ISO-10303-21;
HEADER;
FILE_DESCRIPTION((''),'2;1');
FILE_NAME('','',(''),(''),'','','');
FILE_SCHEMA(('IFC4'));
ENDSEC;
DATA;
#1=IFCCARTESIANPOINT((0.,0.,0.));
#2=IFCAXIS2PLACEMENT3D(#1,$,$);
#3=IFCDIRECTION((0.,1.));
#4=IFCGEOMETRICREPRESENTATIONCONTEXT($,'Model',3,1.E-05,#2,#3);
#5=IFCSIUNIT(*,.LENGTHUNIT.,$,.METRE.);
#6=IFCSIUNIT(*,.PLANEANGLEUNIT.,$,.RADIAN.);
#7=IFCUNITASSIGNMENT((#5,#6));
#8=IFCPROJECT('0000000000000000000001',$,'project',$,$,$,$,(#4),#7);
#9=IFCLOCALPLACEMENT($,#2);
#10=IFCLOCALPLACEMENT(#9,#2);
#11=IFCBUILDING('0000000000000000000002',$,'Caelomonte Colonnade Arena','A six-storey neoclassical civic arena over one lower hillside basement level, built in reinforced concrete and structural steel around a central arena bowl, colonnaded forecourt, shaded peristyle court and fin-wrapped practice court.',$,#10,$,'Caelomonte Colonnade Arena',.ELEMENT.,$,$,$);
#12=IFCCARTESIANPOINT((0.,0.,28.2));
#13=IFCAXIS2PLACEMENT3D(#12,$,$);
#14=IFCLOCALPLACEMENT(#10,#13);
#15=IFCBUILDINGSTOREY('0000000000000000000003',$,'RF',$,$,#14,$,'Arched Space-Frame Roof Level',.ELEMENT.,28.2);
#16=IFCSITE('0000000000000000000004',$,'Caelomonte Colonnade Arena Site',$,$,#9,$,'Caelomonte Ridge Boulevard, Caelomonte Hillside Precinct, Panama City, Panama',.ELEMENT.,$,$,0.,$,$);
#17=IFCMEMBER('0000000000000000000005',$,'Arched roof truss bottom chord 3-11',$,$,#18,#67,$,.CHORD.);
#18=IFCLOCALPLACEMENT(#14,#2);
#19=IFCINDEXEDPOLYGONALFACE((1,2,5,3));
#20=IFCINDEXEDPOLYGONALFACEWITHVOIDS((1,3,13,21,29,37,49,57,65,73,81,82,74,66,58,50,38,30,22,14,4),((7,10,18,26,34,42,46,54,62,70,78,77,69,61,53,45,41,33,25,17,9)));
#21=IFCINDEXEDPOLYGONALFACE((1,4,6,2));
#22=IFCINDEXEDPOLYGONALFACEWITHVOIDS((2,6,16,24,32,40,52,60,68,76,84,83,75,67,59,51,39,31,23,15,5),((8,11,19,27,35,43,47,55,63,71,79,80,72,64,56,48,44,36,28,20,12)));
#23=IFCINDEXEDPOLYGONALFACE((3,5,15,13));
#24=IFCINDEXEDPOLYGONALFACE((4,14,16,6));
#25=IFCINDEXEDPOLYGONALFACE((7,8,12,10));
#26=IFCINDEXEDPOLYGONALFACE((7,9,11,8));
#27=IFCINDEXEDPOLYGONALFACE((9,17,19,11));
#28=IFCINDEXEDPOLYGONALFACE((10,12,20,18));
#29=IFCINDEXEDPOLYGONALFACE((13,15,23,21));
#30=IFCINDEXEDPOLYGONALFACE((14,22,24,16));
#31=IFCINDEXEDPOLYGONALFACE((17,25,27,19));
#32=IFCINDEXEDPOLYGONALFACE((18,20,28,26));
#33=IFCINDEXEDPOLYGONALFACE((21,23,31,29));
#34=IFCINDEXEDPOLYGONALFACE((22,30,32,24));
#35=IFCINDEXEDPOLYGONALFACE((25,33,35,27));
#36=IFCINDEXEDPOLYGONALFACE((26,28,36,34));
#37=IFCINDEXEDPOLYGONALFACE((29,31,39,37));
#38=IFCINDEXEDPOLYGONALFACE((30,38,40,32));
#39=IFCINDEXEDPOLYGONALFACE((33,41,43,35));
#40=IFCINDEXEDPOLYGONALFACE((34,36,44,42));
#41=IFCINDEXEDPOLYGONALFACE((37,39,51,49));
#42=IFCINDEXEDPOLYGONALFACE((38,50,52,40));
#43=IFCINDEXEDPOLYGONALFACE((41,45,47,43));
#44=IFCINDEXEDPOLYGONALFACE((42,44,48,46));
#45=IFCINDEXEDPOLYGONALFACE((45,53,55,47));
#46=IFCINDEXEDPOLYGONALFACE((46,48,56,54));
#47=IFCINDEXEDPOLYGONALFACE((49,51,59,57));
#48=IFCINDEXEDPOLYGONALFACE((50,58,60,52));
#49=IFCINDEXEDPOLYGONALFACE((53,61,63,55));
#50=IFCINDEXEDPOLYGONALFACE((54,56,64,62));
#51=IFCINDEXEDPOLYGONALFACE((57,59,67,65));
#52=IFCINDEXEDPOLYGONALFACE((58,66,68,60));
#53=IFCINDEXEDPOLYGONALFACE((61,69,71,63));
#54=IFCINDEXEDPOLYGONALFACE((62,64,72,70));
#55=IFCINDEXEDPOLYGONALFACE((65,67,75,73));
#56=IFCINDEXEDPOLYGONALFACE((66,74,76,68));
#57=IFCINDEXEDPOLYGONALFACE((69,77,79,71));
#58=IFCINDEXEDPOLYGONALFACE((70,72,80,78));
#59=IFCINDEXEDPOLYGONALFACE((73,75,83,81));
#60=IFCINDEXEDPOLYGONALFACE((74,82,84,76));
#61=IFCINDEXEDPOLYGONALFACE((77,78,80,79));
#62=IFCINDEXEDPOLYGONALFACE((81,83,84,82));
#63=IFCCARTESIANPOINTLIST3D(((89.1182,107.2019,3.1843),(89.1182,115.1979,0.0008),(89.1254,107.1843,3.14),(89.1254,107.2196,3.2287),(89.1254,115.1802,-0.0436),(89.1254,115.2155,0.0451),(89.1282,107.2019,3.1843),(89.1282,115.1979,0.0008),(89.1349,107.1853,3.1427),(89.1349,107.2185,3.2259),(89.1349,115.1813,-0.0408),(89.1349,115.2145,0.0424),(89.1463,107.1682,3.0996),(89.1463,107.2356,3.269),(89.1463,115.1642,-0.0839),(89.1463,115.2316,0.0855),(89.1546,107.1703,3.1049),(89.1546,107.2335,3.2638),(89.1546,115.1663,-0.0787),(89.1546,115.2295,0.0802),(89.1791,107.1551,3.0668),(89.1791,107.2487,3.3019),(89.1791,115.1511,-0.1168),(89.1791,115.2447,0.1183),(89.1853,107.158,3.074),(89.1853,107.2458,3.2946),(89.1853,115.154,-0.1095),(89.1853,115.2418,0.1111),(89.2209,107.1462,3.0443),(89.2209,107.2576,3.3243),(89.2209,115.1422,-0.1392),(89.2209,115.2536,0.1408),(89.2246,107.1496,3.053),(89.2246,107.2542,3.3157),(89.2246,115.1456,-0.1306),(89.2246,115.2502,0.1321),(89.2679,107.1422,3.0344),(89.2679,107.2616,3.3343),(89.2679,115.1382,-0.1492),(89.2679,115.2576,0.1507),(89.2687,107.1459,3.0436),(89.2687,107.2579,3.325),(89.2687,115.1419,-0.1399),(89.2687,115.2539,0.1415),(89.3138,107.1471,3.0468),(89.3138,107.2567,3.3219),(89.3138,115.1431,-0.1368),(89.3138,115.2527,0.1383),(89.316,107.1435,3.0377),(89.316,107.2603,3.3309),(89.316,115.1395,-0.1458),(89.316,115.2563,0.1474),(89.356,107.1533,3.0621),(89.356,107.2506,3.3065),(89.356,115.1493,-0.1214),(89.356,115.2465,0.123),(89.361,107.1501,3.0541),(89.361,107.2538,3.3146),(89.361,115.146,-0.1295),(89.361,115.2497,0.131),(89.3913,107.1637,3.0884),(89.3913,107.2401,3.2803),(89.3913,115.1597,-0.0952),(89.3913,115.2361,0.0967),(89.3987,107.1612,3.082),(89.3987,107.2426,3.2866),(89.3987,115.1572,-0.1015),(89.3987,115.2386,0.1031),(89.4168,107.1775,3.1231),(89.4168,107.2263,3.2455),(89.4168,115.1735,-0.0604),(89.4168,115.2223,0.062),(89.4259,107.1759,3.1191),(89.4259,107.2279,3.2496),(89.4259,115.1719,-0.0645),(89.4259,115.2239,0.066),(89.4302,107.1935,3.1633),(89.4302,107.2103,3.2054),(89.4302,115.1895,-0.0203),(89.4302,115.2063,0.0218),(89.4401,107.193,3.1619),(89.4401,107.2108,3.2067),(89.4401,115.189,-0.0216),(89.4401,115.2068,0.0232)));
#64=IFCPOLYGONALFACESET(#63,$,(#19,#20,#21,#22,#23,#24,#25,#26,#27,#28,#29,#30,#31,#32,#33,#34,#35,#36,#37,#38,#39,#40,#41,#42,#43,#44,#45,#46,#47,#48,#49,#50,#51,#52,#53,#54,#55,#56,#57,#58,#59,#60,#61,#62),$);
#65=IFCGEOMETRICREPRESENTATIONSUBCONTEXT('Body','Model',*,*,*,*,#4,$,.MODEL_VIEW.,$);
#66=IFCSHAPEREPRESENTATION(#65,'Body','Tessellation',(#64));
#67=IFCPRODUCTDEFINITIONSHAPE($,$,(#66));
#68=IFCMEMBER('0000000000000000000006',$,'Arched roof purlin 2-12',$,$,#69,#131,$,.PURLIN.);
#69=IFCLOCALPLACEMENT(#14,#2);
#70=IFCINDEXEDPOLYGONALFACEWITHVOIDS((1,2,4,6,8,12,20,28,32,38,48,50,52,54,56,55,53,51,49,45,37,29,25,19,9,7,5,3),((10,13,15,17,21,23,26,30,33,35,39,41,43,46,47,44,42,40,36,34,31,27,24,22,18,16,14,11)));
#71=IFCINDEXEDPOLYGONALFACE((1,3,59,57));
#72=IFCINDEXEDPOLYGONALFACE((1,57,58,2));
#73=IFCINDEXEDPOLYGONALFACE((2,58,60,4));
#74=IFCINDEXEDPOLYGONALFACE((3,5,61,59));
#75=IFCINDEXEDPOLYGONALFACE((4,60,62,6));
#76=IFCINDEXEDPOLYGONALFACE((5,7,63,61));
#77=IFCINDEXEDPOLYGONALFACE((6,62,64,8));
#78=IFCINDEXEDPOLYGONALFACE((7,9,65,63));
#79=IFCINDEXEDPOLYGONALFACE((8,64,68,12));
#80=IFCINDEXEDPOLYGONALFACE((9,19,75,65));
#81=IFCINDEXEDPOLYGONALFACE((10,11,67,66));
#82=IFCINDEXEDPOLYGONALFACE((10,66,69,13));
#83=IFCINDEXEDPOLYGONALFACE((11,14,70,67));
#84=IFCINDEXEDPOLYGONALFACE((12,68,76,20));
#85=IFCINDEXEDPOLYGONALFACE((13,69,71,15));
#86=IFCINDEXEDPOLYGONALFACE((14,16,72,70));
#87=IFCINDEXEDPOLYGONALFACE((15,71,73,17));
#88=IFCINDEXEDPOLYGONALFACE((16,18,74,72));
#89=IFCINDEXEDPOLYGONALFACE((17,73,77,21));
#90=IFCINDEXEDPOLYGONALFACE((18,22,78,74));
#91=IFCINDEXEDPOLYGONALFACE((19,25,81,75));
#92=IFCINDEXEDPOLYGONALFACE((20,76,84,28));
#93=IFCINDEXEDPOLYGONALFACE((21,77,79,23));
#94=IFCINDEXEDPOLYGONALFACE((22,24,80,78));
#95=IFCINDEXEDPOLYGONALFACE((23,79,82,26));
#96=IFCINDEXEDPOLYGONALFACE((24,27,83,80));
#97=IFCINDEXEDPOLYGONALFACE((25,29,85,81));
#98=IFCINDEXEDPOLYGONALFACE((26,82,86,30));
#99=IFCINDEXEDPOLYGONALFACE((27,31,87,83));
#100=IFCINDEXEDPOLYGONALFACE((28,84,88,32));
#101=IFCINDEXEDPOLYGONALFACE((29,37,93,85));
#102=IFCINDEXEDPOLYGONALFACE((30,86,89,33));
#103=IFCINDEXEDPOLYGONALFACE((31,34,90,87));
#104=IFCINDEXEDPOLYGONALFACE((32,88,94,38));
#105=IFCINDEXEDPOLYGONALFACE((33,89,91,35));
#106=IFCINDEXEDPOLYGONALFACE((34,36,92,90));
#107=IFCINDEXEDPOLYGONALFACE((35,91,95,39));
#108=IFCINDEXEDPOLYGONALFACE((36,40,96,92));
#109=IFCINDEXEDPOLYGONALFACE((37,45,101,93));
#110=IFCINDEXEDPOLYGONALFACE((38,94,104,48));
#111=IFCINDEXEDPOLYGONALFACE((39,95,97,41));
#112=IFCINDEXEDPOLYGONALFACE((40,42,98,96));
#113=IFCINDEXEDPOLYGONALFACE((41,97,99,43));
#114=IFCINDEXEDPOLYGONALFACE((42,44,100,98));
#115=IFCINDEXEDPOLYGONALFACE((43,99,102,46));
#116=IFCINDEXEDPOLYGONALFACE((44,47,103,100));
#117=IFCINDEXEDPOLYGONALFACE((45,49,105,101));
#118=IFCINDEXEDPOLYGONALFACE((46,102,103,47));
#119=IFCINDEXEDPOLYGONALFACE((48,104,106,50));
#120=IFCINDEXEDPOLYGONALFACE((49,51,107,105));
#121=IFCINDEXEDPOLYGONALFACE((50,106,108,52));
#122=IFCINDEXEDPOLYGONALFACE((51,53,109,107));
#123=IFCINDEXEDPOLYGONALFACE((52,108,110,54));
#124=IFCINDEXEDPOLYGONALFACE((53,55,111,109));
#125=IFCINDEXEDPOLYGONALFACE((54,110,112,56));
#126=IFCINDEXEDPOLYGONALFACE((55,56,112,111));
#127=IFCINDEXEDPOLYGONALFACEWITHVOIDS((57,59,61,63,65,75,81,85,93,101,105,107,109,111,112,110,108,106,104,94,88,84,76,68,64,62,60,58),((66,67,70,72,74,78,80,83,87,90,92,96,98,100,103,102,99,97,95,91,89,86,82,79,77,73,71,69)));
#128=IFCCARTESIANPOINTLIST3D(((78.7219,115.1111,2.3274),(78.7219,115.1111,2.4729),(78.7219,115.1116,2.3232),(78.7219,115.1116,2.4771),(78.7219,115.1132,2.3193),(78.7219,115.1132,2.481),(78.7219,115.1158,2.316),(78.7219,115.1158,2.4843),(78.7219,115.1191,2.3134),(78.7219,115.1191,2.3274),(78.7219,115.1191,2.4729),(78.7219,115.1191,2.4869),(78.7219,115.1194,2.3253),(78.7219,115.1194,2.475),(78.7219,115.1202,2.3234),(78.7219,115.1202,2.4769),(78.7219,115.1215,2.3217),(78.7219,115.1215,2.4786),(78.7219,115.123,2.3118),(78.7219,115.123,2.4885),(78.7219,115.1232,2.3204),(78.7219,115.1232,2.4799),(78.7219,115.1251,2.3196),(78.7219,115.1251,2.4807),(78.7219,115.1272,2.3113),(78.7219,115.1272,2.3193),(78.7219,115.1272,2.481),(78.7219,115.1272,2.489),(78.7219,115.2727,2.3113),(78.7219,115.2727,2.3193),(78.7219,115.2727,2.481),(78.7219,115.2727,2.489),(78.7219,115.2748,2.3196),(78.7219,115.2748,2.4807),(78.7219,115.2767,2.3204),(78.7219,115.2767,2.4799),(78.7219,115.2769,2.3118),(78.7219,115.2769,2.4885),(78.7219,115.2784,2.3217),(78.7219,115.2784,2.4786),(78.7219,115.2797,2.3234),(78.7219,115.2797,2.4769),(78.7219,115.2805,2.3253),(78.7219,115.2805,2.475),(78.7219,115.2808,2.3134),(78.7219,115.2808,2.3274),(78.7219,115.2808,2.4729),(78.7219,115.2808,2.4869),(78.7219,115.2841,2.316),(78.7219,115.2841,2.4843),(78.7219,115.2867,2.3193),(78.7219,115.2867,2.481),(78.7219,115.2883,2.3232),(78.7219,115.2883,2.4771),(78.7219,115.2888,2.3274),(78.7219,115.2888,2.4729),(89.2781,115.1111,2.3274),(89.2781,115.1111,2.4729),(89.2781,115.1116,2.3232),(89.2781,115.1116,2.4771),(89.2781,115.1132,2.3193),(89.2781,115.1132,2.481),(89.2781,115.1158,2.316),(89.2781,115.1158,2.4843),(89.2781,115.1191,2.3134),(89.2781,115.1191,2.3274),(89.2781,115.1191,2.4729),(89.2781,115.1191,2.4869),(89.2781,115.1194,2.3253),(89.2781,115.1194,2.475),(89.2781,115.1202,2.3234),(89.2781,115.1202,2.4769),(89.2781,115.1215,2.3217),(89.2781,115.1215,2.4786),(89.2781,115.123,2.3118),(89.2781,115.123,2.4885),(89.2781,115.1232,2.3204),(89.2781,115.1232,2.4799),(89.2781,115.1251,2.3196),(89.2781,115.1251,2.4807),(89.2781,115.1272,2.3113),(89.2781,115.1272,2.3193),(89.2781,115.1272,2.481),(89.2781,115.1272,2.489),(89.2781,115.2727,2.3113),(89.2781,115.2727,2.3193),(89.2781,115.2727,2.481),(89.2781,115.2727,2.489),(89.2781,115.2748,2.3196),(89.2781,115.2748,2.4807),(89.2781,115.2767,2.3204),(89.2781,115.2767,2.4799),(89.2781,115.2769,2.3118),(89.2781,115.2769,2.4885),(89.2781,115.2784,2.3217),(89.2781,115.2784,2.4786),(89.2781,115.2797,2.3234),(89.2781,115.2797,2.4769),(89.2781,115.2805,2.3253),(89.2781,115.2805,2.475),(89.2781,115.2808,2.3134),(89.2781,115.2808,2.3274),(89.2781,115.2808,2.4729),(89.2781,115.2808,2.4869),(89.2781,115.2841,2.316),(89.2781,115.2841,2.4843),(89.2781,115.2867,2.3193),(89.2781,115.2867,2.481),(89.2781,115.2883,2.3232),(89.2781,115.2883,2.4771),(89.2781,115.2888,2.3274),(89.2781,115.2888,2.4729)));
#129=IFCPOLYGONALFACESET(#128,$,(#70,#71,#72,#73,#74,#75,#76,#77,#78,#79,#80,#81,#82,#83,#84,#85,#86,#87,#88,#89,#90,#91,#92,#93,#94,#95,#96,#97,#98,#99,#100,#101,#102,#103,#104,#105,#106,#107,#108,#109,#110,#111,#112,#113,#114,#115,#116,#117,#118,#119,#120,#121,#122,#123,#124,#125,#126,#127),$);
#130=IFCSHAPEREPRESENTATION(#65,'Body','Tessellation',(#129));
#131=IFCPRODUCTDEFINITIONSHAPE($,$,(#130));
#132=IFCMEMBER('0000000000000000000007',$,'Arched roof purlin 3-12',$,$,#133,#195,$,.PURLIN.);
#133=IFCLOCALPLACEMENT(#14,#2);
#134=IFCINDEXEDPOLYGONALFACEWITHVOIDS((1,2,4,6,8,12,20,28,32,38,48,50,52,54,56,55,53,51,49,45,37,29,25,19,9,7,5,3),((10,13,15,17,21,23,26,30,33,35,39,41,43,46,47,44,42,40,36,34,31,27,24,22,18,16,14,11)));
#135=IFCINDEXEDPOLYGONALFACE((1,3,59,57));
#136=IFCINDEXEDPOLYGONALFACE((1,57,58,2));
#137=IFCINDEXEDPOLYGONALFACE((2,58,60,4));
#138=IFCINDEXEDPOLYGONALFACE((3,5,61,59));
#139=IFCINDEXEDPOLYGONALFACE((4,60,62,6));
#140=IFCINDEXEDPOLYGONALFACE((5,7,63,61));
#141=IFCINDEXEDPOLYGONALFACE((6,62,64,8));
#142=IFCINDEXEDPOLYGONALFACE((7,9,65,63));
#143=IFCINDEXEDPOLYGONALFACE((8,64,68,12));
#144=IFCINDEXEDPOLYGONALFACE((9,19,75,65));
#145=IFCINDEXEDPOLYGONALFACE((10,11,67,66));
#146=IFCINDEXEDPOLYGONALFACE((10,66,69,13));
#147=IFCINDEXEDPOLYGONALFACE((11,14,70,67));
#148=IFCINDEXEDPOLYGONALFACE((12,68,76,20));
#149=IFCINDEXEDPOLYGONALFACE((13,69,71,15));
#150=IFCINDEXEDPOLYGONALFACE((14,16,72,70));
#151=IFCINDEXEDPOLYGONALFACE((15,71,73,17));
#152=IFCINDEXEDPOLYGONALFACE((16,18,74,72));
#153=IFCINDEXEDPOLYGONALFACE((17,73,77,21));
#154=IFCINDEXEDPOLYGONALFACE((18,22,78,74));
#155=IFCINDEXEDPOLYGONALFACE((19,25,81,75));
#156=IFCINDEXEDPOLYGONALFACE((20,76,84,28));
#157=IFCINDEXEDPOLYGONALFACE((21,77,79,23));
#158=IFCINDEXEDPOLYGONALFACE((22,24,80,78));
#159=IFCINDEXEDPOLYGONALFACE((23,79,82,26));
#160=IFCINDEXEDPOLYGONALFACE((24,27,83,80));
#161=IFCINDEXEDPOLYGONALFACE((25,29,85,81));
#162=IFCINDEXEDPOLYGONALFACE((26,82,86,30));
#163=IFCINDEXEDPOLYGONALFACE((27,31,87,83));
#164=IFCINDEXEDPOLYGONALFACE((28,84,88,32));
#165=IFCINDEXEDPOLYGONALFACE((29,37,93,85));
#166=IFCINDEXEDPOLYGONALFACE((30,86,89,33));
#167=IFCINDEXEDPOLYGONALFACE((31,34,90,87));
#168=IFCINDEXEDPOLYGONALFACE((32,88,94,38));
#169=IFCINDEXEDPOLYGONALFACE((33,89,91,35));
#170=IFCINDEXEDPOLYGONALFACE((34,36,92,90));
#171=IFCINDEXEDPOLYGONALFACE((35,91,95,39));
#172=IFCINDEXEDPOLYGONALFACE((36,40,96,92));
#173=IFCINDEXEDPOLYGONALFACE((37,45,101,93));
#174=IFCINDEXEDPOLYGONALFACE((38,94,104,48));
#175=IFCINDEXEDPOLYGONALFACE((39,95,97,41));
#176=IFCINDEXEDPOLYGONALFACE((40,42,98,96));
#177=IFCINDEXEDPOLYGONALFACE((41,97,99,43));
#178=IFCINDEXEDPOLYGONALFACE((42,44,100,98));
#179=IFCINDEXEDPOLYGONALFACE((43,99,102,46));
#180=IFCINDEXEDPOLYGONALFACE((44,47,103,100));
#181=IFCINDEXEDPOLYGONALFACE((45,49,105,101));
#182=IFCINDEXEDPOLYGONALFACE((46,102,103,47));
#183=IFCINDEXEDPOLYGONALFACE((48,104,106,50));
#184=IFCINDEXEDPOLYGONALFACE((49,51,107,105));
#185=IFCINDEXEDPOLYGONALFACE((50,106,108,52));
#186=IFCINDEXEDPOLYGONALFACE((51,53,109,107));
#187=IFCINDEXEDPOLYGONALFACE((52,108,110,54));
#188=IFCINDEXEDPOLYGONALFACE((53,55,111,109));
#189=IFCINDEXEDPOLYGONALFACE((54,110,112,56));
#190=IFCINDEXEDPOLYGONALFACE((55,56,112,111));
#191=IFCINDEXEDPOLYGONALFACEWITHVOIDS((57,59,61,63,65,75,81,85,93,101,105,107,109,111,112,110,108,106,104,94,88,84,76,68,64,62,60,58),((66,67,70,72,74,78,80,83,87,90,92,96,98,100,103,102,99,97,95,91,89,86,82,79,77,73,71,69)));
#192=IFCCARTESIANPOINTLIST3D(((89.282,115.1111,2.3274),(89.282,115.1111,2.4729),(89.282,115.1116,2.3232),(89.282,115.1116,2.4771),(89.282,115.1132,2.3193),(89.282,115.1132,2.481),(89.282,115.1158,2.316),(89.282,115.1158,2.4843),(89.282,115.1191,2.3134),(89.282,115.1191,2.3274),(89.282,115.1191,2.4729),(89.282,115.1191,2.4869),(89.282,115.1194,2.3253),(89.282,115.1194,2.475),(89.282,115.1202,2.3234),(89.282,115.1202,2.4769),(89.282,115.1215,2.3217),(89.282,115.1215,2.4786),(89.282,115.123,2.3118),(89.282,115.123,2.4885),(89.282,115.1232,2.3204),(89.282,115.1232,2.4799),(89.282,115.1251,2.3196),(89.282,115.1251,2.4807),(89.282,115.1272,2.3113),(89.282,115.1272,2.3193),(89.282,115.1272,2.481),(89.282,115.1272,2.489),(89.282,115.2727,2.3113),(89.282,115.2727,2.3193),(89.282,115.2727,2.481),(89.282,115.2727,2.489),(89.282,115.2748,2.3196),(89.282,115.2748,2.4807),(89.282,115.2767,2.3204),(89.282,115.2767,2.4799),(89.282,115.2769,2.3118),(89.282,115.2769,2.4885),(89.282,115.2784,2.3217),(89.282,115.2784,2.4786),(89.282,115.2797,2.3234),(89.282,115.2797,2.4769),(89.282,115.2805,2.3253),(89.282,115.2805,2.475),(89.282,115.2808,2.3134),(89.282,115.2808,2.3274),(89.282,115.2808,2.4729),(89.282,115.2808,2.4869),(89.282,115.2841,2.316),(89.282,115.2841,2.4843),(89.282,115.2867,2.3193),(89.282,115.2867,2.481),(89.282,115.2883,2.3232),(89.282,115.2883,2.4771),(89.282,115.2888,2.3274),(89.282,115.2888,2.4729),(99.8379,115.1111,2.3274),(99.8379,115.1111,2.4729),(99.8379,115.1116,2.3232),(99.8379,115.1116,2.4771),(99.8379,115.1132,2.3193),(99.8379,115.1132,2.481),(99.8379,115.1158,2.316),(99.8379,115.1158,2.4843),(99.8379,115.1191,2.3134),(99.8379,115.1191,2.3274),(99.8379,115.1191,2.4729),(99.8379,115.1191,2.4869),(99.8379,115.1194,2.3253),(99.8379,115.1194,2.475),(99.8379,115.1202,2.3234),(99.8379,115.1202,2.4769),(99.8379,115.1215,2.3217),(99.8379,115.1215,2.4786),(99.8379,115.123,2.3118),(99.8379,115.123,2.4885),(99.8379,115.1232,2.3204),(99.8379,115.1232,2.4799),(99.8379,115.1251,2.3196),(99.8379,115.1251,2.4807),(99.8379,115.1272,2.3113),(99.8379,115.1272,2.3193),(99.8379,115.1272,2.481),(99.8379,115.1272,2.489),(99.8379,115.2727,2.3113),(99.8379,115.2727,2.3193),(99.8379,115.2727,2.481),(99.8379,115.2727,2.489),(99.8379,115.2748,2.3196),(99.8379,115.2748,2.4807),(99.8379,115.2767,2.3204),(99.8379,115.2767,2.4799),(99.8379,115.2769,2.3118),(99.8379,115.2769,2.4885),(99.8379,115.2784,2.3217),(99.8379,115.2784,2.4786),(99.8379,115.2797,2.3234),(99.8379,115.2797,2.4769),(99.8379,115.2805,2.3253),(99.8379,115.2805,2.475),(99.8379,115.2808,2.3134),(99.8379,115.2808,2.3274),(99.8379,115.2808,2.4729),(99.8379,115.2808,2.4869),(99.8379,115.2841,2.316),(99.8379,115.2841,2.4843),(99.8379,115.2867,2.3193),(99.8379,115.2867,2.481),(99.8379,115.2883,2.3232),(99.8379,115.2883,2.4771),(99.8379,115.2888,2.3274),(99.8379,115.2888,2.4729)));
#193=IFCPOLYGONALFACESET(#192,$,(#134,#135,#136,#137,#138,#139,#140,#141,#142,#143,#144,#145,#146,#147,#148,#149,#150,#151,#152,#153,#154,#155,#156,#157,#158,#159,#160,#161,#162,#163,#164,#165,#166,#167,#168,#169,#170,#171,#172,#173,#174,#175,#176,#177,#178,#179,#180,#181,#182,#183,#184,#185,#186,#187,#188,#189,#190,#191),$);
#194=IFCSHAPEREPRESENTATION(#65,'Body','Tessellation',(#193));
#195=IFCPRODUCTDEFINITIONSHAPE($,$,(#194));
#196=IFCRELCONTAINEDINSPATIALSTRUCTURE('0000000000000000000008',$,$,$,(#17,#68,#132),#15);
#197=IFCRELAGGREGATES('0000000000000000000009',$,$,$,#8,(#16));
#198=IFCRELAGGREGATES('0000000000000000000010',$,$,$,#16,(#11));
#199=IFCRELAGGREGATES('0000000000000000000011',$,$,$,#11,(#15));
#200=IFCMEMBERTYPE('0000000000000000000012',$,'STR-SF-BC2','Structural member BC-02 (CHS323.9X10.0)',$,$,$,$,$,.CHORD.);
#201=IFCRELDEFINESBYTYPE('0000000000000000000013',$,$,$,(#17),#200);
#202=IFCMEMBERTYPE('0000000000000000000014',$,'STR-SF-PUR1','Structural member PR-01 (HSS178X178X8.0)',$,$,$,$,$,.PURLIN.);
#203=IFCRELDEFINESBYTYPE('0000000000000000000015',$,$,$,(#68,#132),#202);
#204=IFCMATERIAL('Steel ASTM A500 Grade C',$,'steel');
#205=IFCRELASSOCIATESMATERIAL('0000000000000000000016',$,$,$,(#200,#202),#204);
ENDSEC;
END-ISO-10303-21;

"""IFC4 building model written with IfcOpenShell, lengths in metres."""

from ifc_helpers import new_model, si_unit, direction, frame, origin, origin_2d, place, context, subcontext, project, spatial, hollow_rectangle, hollow_circle, extrude, material, material_profile, profile_set, type_object, element, save


model = new_model("IFC4")

# Units and contexts
model_context = context("Model", 3, precision=1e-05, world=origin(), true_north=direction((0.0, 1.0)))
body_context = subcontext(model_context, "Body", "Model", "MODEL_VIEW")
ifc_project = project(units=[si_unit("LENGTHUNIT", "METRE"), si_unit("PLANEANGLEUNIT", "RADIAN")], contexts=[model_context])

# Site, building, storey
site_placement = place(None, origin())
site = spatial("IfcSite", under=ifc_project, at=site_placement, Name="Caelomonte Colonnade Arena Site", LongName="Caelomonte Ridge Boulevard, Caelomonte Hillside Precinct, Panama City, Panama", CompositionType="ELEMENT", RefElevation=0.0)
building_placement = place(site_placement, origin())
building = spatial("IfcBuilding", under=site, at=building_placement, Name="Caelomonte Colonnade Arena", Description="A six-storey neoclassical civic arena over one lower hillside basement level, built in reinforced concrete and structural steel around a central arena bowl, colonnaded forecourt, shaded peristyle court and fin-wrapped practice court.", LongName="Caelomonte Colonnade Arena", CompositionType="ELEMENT")
storey_placement = place(building_placement, frame((0.0, 0.0, 28.2)))
storey = spatial("IfcBuildingStorey", under=building, at=storey_placement, Name="RF", LongName="Arched Space-Frame Roof Level", CompositionType="ELEMENT", Elevation=28.2)

# Members
ifc_material_1 = material(Name="Steel ASTM A500 Grade C", Category="steel")
ifc_material_profile_1 = material_profile(ifc_material_1, hollow_circle(Radius=0.1619, WallThickness=0.01, at=origin_2d()), Name="CHS323.9X10.0")
ifc_profile_set_1 = profile_set([ifc_material_profile_1], Name="Steel ASTM A500 Grade C")
member_type_1 = type_object("IfcMemberType", Name="STR-SF-BC2", Description="Structural member BC-02 (CHS323.9X10.0)", PredefinedType="CHORD", material=ifc_profile_set_1)
member_1_placement = place(storey_placement, frame((89.28, 107.2019, 3.1843), z_axis=(0.0, 0.92907, -0.369903), x_axis=(-1.0, 0.0, 0.0)))
element("IfcMember", 1, at=member_1_placement, inside=storey, type_object=member_type_1, Name="Arched roof truss bottom chord 3-11", PredefinedType="CHORD", context=body_context, shape_type="SweptSolid", body=[
    extrude(hollow_circle(Radius=0.1619, WallThickness=0.01, at=origin_2d()), origin(), (0.0, 0.0, 1.0), 8.6064),
])
ifc_material_profile_2 = material_profile(ifc_material_1, hollow_rectangle(XDim=0.1777, YDim=0.1777, WallThickness=0.0081, InnerFilletRadius=0.0081, OuterFilletRadius=0.0161, at=origin_2d()), Name="HSS178X178X8.0")
ifc_profile_set_2 = profile_set([ifc_material_profile_2], Name="Steel ASTM A500 Grade C")
member_type_2 = type_object("IfcMemberType", Name="STR-SF-PUR1", Description="Structural member PR-01 (HSS178X178X8.0)", PredefinedType="PURLIN", material=ifc_profile_set_2)
member_2_placement = place(storey_placement, frame((78.7219, 115.2, 2.4001), z_axis=(1.0, 0.0, 0.0), x_axis=(0.0, 1.0, 0.0)))
element("IfcMember", 2, at=member_2_placement, inside=storey, type_object=member_type_2, Name="Arched roof purlin 2-12", PredefinedType="PURLIN", context=body_context, shape_type="SweptSolid", body=[
    extrude(hollow_rectangle(XDim=0.1777, YDim=0.1777, WallThickness=0.0081, InnerFilletRadius=0.0081, OuterFilletRadius=0.0161, at=origin_2d()), origin(), (0.0, 0.0, 1.0), 10.5562),
])
member_3_placement = place(storey_placement, frame((89.282, 115.2, 2.4001), z_axis=(1.0, 0.0, 0.0), x_axis=(0.0, 1.0, 0.0)))
element("IfcMember", 3, at=member_3_placement, inside=storey, type_object=member_type_2, Name="Arched roof purlin 3-12", PredefinedType="PURLIN", context=body_context, shape_type="SweptSolid", body=[
    extrude(hollow_rectangle(XDim=0.1777, YDim=0.1777, WallThickness=0.0081, InnerFilletRadius=0.0081, OuterFilletRadius=0.0161, at=origin_2d()), origin(), (0.0, 0.0, 1.0), 10.5559),
])

save(model, "model.ifc")
